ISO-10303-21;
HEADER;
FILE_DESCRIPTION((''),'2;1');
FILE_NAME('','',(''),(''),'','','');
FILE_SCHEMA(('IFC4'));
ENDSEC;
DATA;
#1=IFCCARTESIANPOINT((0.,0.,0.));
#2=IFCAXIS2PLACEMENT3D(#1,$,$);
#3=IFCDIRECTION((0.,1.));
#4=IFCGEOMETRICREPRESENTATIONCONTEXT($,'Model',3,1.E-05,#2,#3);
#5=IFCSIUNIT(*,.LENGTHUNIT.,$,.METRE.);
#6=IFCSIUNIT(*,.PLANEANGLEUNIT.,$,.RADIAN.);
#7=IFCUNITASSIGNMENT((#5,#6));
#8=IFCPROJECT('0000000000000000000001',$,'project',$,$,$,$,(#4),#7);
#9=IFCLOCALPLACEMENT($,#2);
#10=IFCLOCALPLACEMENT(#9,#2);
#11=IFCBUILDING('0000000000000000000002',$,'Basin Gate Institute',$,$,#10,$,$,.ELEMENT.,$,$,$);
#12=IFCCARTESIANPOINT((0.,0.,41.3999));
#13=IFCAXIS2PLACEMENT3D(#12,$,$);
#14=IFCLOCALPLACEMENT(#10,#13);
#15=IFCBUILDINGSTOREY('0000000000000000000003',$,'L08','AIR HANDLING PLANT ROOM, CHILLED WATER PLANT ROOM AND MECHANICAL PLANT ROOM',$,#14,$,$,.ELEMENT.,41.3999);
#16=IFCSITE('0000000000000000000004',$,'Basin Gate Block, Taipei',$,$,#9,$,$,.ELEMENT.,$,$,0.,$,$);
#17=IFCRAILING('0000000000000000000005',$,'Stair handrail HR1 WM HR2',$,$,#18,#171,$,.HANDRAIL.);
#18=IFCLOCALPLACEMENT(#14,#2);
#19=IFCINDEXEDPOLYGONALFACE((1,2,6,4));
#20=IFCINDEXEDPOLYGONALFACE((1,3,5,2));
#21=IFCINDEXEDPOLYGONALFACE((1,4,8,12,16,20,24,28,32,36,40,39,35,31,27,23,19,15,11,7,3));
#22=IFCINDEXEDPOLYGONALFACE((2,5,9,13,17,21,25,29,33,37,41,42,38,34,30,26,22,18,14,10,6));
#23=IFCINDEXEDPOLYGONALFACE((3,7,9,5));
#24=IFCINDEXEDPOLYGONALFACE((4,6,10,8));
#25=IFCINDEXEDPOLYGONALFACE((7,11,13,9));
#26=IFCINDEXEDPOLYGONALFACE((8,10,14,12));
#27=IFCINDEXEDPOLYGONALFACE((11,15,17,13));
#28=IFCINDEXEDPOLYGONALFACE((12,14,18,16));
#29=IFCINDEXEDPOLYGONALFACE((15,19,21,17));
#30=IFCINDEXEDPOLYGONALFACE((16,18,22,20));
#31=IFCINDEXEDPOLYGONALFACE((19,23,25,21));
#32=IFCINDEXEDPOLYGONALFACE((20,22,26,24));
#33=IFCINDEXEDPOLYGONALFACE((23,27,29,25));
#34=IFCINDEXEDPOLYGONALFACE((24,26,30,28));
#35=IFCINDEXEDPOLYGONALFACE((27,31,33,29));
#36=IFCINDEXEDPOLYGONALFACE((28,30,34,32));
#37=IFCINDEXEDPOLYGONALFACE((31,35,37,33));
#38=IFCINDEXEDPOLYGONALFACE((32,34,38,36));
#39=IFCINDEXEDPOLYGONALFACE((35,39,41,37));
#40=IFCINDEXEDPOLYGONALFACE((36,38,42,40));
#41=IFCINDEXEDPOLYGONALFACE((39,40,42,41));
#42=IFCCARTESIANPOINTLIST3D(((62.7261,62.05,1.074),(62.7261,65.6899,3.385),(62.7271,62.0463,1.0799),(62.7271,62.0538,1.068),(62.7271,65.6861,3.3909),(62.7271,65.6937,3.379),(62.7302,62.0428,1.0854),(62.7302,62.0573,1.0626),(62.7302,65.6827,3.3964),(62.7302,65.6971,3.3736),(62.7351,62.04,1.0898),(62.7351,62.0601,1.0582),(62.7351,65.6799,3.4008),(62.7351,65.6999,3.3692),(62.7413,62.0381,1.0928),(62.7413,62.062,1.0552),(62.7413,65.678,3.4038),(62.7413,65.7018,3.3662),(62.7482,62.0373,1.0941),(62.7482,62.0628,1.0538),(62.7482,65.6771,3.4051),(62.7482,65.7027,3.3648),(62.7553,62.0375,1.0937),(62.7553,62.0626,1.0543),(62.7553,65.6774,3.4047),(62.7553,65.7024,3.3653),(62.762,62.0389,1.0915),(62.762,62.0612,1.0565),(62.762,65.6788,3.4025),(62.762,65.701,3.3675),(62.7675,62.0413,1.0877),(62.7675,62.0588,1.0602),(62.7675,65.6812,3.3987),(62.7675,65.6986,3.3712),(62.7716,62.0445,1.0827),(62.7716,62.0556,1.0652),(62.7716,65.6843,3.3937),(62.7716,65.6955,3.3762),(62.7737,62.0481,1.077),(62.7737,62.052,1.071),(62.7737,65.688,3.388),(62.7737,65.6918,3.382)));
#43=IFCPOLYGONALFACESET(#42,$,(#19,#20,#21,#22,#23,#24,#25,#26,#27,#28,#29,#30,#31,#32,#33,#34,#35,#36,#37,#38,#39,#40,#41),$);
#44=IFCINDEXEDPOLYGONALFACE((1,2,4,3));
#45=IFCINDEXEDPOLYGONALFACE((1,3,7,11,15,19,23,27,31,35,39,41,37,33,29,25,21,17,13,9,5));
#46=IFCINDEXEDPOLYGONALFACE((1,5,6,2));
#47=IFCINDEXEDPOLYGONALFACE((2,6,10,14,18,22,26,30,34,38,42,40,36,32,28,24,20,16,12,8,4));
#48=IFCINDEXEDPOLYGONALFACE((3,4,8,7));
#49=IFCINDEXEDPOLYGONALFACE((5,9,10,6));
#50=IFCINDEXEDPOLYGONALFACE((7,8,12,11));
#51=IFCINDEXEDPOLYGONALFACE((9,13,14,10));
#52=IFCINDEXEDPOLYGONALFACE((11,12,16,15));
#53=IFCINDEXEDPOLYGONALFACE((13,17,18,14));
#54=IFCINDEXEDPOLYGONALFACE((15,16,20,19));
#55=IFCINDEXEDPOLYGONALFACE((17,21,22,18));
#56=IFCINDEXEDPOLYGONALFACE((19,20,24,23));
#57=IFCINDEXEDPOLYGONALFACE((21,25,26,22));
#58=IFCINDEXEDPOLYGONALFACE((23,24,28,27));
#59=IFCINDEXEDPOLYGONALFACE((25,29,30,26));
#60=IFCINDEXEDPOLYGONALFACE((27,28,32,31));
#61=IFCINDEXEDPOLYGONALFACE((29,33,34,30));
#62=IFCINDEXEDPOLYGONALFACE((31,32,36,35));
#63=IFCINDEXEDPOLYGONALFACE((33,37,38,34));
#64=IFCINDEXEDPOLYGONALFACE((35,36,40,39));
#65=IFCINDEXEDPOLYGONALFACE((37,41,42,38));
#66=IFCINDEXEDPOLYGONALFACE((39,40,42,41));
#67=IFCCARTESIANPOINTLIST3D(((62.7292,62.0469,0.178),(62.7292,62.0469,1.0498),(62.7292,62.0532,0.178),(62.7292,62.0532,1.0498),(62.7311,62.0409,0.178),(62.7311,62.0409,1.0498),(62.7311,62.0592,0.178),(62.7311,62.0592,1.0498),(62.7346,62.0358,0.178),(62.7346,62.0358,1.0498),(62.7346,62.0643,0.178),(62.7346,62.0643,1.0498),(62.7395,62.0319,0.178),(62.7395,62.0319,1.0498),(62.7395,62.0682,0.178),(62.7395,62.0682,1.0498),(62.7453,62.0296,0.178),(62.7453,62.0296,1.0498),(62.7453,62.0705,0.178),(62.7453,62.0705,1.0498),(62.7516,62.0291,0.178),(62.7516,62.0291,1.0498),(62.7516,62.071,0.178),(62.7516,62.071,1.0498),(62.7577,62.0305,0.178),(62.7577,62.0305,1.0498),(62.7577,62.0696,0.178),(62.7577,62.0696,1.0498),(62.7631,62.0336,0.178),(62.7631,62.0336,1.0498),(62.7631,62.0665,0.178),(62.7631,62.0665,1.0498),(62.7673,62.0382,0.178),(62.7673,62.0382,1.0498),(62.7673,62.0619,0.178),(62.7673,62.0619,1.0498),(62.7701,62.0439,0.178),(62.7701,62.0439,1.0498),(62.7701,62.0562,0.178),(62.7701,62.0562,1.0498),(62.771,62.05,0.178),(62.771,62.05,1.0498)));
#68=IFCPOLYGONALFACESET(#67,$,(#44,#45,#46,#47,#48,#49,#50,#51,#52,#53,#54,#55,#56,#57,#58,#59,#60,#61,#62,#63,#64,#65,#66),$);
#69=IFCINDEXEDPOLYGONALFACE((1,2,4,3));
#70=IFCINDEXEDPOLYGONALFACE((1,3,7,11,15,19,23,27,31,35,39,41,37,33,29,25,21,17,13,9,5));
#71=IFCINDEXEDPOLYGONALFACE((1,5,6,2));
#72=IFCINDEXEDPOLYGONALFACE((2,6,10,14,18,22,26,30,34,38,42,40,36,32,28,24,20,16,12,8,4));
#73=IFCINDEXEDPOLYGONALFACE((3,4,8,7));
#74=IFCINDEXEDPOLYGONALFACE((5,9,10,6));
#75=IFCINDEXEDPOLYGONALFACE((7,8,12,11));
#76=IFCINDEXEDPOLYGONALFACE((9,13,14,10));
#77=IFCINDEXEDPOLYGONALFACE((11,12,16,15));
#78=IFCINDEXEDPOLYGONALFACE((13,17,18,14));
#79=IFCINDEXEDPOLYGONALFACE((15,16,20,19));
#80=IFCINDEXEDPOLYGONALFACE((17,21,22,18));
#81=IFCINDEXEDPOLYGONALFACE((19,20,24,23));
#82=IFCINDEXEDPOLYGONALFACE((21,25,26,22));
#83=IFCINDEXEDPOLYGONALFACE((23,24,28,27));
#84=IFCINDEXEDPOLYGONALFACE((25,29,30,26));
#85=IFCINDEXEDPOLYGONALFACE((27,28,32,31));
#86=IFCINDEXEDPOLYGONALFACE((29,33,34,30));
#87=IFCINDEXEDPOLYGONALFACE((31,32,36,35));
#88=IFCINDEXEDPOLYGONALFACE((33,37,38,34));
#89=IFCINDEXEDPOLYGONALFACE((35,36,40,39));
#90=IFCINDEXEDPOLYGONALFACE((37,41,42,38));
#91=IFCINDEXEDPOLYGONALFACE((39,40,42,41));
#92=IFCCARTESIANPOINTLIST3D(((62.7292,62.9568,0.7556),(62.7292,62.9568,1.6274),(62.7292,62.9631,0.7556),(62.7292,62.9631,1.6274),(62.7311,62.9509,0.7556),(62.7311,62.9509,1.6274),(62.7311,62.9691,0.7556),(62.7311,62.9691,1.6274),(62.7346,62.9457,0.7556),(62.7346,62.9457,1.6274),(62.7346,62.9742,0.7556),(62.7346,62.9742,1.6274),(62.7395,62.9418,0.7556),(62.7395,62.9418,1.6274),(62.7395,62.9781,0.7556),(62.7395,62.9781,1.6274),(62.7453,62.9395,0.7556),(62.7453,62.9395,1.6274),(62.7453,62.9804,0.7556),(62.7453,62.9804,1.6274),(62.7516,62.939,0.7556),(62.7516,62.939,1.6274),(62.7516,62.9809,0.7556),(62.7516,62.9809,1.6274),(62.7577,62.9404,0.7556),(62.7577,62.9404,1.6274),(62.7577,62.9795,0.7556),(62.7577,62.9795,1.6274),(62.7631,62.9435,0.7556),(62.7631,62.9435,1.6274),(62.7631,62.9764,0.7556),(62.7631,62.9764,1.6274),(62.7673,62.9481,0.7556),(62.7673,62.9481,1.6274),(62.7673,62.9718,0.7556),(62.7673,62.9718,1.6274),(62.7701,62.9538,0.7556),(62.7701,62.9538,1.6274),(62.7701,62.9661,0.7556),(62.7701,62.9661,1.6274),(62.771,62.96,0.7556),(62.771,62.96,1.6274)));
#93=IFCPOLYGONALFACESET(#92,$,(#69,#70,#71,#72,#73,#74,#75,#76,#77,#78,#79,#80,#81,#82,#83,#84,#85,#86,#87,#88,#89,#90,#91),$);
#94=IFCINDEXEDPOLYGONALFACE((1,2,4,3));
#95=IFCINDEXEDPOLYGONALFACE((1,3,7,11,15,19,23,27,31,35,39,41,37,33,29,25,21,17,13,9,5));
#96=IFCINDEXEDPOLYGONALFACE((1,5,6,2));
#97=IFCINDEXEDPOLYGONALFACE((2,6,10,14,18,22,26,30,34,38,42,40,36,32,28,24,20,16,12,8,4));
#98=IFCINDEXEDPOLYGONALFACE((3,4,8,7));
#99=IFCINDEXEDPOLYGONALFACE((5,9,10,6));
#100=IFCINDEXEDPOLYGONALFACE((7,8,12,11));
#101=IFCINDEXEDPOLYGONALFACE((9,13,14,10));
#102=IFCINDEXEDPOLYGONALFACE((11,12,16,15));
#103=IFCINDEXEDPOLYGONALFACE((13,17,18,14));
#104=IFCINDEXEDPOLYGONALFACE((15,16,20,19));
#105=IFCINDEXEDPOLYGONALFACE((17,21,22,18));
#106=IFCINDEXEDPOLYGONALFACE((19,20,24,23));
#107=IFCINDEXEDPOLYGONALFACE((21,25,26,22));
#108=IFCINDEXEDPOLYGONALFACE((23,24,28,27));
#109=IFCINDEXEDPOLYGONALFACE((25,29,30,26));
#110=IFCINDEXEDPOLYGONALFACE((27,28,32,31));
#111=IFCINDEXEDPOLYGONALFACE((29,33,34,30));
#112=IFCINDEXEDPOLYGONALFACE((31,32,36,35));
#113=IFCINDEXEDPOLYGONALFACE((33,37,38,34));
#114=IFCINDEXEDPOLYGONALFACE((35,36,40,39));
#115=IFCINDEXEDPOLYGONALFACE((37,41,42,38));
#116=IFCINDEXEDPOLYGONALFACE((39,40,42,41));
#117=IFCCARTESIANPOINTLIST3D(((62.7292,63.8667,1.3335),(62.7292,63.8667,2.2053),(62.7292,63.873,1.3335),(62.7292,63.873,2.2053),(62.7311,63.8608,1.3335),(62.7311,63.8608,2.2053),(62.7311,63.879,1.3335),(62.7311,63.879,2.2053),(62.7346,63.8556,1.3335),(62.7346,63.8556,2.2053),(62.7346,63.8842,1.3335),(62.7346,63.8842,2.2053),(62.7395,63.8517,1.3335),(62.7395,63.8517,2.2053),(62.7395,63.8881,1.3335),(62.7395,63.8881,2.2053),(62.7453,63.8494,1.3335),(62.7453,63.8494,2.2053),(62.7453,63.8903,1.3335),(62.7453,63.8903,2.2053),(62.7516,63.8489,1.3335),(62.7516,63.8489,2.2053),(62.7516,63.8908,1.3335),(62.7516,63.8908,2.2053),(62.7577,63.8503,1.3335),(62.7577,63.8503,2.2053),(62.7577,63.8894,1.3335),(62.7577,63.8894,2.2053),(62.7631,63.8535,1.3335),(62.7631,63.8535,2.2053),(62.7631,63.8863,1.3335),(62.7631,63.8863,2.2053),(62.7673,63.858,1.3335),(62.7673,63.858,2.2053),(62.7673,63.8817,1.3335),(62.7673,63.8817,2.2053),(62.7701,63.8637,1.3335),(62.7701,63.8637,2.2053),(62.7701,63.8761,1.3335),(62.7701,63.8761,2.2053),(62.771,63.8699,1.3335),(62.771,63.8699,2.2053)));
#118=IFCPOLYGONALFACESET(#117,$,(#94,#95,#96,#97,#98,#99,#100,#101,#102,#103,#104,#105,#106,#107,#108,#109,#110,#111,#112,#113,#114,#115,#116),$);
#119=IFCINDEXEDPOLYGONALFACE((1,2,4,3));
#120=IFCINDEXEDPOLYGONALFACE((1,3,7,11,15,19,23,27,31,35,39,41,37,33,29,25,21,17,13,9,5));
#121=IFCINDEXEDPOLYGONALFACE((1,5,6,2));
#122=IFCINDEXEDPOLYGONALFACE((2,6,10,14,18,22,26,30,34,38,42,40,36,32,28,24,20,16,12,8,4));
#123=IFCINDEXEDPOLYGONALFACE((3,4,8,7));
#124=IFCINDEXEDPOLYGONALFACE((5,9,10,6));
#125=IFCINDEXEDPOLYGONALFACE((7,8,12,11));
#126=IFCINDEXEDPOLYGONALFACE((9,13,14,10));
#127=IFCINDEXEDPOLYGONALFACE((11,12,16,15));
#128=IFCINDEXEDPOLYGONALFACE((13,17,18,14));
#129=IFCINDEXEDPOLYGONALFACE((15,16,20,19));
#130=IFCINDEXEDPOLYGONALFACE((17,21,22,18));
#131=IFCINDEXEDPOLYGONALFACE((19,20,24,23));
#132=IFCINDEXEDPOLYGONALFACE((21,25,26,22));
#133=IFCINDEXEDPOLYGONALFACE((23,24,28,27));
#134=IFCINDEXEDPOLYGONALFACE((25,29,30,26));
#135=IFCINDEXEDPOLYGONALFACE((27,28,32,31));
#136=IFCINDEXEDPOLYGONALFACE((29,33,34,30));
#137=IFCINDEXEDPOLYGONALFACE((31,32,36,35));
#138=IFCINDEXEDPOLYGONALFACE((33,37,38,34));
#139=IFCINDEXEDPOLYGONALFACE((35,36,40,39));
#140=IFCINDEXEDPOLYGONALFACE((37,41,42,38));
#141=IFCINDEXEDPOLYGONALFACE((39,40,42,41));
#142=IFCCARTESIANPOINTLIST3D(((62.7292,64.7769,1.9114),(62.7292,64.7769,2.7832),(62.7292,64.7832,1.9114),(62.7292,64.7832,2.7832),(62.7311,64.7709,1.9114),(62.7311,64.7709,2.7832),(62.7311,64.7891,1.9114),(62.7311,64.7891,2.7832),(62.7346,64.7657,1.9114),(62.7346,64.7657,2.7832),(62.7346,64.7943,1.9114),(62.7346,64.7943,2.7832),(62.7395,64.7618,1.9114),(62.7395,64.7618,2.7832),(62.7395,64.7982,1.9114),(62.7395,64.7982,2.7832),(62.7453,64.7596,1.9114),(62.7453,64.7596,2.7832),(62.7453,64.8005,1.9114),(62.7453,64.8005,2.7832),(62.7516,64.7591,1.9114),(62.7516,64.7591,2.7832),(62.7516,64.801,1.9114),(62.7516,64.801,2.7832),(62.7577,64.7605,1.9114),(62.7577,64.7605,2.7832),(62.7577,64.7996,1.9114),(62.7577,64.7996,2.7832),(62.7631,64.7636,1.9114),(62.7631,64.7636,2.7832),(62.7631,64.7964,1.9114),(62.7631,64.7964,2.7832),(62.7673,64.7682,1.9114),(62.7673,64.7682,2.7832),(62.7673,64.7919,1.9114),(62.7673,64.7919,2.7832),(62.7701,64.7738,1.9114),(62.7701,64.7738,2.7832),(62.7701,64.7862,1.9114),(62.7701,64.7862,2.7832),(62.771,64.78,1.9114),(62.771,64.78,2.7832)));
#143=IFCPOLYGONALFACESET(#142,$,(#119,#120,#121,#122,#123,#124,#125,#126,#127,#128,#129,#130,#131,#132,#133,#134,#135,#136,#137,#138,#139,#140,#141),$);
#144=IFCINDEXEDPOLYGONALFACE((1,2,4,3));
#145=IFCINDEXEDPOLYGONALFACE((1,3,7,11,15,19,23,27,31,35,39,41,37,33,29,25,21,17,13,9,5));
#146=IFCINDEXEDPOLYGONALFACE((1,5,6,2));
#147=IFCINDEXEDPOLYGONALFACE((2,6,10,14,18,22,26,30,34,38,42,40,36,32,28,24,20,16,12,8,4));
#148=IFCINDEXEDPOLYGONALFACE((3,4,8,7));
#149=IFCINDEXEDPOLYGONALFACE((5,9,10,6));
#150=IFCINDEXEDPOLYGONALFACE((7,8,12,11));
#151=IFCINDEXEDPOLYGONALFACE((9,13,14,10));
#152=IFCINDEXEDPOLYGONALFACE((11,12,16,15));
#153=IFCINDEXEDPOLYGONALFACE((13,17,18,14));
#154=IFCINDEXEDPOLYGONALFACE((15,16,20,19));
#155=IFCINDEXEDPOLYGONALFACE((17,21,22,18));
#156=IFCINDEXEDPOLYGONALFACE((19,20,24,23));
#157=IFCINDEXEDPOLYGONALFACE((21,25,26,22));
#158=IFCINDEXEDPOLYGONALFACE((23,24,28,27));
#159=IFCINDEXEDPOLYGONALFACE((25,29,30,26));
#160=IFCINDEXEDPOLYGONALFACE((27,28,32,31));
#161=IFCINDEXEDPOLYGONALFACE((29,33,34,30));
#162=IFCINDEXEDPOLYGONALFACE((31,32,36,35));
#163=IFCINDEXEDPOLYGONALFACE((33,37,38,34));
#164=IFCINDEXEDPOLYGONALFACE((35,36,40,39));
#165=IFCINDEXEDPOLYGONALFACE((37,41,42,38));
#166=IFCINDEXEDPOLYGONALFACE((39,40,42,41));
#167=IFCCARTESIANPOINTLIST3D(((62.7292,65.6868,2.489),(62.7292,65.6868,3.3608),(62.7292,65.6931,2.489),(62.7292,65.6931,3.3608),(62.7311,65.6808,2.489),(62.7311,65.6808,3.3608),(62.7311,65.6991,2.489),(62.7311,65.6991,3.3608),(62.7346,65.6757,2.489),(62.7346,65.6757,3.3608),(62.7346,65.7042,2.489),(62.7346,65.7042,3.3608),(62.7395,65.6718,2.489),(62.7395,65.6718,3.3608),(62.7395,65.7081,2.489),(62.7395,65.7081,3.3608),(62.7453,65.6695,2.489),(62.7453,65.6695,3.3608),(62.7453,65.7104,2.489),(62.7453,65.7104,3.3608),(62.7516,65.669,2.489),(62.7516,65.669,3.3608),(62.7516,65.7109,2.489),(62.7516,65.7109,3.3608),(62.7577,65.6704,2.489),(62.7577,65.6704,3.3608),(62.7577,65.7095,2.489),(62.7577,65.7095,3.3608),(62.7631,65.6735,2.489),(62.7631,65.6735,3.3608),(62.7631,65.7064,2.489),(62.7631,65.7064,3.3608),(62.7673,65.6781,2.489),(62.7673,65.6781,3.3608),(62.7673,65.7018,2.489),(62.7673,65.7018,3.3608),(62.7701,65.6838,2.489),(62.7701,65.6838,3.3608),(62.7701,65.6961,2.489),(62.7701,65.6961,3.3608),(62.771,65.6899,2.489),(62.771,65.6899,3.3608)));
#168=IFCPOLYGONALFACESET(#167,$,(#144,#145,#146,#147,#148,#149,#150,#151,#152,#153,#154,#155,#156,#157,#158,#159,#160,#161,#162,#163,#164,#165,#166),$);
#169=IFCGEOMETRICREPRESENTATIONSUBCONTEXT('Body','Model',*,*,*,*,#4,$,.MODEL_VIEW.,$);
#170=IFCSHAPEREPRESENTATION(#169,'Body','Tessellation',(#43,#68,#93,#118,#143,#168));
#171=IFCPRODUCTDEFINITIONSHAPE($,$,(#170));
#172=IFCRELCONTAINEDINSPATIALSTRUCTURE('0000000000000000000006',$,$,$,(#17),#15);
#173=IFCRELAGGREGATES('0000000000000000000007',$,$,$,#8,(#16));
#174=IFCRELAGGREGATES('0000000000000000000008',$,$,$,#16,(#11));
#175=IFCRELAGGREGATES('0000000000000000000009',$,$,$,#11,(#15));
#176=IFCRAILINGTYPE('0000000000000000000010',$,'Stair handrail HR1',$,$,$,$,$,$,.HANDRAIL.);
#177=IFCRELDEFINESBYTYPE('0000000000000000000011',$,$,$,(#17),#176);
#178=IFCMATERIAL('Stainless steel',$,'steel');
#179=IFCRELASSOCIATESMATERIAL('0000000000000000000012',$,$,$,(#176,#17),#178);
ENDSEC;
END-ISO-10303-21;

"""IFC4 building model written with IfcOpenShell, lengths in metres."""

from ifc_helpers import new_model, si_unit, direction, frame, origin, origin_2d, place, context, subcontext, project, spatial, circle, extrude, material, type_object, element, save


model = new_model("IFC4")

# Units and contexts
model_context = context("Model", 3, precision=1e-05, world=origin(), true_north=direction((0.0, 1.0)))
body_context = subcontext(model_context, "Body", "Model", "MODEL_VIEW")
ifc_project = project(units=[si_unit("LENGTHUNIT", "METRE"), si_unit("PLANEANGLEUNIT", "RADIAN")], contexts=[model_context])

# Site, building, storey
site_placement = place(None, origin())
site = spatial("IfcSite", under=ifc_project, at=site_placement, Name="Basin Gate Block, Taipei", CompositionType="ELEMENT", RefElevation=0.0)
building_placement = place(site_placement, origin())
building = spatial("IfcBuilding", under=site, at=building_placement, Name="Basin Gate Institute", CompositionType="ELEMENT")
storey_placement = place(building_placement, frame((0.0, 0.0, 41.3999)))
storey = spatial("IfcBuildingStorey", under=building, at=storey_placement, Name="L08", Description="AIR HANDLING PLANT ROOM, CHILLED WATER PLANT ROOM AND MECHANICAL PLANT ROOM", CompositionType="ELEMENT", Elevation=41.3999)

# Railing
ifc_material_1 = material(Name="Stainless steel", Category="steel")
railing_type_1 = type_object("IfcRailingType", Name="Stair handrail HR1", PredefinedType="HANDRAIL", material=ifc_material_1)
for number, where, name in (
    (1, (62.75, 62.05, 0.178), "Stair handrail HR1 WM HR2"),
):
    element("IfcRailing", number, at=place(storey_placement, frame(where)), inside=storey, type_object=railing_type_1, material=ifc_material_1, Name=name, PredefinedType="HANDRAIL", context=body_context, shape_type="SweptSolid", body=[
        extrude(circle(Radius=0.0239, at=origin_2d()), frame((0.0, 0.0, 0.896), z_axis=(0.0, 0.844214, 0.536007), x_axis=(-1.0, 0.0, 0.0)), (0.0, 0.0, 1.0), 4.3115),
        extrude(circle(Radius=0.021, at=origin_2d()), origin(), (0.0, 0.0, 1.0), 0.8718),
        extrude(circle(Radius=0.021, at=origin_2d()), frame((0.0, 0.9099, 0.5776)), (0.0, 0.0, 1.0), 0.8718),
        extrude(circle(Radius=0.021, at=origin_2d()), frame((0.0, 1.8198, 1.1555)), (0.0, 0.0, 1.0), 0.8718),
        extrude(circle(Radius=0.021, at=origin_2d()), frame((0.0, 2.73, 1.7334)), (0.0, 0.0, 1.0), 0.8718),
        extrude(circle(Radius=0.021, at=origin_2d()), frame((0.0, 3.6399, 2.311)), (0.0, 0.0, 1.0), 0.8718),
    ])

save(model, "model.ifc")
